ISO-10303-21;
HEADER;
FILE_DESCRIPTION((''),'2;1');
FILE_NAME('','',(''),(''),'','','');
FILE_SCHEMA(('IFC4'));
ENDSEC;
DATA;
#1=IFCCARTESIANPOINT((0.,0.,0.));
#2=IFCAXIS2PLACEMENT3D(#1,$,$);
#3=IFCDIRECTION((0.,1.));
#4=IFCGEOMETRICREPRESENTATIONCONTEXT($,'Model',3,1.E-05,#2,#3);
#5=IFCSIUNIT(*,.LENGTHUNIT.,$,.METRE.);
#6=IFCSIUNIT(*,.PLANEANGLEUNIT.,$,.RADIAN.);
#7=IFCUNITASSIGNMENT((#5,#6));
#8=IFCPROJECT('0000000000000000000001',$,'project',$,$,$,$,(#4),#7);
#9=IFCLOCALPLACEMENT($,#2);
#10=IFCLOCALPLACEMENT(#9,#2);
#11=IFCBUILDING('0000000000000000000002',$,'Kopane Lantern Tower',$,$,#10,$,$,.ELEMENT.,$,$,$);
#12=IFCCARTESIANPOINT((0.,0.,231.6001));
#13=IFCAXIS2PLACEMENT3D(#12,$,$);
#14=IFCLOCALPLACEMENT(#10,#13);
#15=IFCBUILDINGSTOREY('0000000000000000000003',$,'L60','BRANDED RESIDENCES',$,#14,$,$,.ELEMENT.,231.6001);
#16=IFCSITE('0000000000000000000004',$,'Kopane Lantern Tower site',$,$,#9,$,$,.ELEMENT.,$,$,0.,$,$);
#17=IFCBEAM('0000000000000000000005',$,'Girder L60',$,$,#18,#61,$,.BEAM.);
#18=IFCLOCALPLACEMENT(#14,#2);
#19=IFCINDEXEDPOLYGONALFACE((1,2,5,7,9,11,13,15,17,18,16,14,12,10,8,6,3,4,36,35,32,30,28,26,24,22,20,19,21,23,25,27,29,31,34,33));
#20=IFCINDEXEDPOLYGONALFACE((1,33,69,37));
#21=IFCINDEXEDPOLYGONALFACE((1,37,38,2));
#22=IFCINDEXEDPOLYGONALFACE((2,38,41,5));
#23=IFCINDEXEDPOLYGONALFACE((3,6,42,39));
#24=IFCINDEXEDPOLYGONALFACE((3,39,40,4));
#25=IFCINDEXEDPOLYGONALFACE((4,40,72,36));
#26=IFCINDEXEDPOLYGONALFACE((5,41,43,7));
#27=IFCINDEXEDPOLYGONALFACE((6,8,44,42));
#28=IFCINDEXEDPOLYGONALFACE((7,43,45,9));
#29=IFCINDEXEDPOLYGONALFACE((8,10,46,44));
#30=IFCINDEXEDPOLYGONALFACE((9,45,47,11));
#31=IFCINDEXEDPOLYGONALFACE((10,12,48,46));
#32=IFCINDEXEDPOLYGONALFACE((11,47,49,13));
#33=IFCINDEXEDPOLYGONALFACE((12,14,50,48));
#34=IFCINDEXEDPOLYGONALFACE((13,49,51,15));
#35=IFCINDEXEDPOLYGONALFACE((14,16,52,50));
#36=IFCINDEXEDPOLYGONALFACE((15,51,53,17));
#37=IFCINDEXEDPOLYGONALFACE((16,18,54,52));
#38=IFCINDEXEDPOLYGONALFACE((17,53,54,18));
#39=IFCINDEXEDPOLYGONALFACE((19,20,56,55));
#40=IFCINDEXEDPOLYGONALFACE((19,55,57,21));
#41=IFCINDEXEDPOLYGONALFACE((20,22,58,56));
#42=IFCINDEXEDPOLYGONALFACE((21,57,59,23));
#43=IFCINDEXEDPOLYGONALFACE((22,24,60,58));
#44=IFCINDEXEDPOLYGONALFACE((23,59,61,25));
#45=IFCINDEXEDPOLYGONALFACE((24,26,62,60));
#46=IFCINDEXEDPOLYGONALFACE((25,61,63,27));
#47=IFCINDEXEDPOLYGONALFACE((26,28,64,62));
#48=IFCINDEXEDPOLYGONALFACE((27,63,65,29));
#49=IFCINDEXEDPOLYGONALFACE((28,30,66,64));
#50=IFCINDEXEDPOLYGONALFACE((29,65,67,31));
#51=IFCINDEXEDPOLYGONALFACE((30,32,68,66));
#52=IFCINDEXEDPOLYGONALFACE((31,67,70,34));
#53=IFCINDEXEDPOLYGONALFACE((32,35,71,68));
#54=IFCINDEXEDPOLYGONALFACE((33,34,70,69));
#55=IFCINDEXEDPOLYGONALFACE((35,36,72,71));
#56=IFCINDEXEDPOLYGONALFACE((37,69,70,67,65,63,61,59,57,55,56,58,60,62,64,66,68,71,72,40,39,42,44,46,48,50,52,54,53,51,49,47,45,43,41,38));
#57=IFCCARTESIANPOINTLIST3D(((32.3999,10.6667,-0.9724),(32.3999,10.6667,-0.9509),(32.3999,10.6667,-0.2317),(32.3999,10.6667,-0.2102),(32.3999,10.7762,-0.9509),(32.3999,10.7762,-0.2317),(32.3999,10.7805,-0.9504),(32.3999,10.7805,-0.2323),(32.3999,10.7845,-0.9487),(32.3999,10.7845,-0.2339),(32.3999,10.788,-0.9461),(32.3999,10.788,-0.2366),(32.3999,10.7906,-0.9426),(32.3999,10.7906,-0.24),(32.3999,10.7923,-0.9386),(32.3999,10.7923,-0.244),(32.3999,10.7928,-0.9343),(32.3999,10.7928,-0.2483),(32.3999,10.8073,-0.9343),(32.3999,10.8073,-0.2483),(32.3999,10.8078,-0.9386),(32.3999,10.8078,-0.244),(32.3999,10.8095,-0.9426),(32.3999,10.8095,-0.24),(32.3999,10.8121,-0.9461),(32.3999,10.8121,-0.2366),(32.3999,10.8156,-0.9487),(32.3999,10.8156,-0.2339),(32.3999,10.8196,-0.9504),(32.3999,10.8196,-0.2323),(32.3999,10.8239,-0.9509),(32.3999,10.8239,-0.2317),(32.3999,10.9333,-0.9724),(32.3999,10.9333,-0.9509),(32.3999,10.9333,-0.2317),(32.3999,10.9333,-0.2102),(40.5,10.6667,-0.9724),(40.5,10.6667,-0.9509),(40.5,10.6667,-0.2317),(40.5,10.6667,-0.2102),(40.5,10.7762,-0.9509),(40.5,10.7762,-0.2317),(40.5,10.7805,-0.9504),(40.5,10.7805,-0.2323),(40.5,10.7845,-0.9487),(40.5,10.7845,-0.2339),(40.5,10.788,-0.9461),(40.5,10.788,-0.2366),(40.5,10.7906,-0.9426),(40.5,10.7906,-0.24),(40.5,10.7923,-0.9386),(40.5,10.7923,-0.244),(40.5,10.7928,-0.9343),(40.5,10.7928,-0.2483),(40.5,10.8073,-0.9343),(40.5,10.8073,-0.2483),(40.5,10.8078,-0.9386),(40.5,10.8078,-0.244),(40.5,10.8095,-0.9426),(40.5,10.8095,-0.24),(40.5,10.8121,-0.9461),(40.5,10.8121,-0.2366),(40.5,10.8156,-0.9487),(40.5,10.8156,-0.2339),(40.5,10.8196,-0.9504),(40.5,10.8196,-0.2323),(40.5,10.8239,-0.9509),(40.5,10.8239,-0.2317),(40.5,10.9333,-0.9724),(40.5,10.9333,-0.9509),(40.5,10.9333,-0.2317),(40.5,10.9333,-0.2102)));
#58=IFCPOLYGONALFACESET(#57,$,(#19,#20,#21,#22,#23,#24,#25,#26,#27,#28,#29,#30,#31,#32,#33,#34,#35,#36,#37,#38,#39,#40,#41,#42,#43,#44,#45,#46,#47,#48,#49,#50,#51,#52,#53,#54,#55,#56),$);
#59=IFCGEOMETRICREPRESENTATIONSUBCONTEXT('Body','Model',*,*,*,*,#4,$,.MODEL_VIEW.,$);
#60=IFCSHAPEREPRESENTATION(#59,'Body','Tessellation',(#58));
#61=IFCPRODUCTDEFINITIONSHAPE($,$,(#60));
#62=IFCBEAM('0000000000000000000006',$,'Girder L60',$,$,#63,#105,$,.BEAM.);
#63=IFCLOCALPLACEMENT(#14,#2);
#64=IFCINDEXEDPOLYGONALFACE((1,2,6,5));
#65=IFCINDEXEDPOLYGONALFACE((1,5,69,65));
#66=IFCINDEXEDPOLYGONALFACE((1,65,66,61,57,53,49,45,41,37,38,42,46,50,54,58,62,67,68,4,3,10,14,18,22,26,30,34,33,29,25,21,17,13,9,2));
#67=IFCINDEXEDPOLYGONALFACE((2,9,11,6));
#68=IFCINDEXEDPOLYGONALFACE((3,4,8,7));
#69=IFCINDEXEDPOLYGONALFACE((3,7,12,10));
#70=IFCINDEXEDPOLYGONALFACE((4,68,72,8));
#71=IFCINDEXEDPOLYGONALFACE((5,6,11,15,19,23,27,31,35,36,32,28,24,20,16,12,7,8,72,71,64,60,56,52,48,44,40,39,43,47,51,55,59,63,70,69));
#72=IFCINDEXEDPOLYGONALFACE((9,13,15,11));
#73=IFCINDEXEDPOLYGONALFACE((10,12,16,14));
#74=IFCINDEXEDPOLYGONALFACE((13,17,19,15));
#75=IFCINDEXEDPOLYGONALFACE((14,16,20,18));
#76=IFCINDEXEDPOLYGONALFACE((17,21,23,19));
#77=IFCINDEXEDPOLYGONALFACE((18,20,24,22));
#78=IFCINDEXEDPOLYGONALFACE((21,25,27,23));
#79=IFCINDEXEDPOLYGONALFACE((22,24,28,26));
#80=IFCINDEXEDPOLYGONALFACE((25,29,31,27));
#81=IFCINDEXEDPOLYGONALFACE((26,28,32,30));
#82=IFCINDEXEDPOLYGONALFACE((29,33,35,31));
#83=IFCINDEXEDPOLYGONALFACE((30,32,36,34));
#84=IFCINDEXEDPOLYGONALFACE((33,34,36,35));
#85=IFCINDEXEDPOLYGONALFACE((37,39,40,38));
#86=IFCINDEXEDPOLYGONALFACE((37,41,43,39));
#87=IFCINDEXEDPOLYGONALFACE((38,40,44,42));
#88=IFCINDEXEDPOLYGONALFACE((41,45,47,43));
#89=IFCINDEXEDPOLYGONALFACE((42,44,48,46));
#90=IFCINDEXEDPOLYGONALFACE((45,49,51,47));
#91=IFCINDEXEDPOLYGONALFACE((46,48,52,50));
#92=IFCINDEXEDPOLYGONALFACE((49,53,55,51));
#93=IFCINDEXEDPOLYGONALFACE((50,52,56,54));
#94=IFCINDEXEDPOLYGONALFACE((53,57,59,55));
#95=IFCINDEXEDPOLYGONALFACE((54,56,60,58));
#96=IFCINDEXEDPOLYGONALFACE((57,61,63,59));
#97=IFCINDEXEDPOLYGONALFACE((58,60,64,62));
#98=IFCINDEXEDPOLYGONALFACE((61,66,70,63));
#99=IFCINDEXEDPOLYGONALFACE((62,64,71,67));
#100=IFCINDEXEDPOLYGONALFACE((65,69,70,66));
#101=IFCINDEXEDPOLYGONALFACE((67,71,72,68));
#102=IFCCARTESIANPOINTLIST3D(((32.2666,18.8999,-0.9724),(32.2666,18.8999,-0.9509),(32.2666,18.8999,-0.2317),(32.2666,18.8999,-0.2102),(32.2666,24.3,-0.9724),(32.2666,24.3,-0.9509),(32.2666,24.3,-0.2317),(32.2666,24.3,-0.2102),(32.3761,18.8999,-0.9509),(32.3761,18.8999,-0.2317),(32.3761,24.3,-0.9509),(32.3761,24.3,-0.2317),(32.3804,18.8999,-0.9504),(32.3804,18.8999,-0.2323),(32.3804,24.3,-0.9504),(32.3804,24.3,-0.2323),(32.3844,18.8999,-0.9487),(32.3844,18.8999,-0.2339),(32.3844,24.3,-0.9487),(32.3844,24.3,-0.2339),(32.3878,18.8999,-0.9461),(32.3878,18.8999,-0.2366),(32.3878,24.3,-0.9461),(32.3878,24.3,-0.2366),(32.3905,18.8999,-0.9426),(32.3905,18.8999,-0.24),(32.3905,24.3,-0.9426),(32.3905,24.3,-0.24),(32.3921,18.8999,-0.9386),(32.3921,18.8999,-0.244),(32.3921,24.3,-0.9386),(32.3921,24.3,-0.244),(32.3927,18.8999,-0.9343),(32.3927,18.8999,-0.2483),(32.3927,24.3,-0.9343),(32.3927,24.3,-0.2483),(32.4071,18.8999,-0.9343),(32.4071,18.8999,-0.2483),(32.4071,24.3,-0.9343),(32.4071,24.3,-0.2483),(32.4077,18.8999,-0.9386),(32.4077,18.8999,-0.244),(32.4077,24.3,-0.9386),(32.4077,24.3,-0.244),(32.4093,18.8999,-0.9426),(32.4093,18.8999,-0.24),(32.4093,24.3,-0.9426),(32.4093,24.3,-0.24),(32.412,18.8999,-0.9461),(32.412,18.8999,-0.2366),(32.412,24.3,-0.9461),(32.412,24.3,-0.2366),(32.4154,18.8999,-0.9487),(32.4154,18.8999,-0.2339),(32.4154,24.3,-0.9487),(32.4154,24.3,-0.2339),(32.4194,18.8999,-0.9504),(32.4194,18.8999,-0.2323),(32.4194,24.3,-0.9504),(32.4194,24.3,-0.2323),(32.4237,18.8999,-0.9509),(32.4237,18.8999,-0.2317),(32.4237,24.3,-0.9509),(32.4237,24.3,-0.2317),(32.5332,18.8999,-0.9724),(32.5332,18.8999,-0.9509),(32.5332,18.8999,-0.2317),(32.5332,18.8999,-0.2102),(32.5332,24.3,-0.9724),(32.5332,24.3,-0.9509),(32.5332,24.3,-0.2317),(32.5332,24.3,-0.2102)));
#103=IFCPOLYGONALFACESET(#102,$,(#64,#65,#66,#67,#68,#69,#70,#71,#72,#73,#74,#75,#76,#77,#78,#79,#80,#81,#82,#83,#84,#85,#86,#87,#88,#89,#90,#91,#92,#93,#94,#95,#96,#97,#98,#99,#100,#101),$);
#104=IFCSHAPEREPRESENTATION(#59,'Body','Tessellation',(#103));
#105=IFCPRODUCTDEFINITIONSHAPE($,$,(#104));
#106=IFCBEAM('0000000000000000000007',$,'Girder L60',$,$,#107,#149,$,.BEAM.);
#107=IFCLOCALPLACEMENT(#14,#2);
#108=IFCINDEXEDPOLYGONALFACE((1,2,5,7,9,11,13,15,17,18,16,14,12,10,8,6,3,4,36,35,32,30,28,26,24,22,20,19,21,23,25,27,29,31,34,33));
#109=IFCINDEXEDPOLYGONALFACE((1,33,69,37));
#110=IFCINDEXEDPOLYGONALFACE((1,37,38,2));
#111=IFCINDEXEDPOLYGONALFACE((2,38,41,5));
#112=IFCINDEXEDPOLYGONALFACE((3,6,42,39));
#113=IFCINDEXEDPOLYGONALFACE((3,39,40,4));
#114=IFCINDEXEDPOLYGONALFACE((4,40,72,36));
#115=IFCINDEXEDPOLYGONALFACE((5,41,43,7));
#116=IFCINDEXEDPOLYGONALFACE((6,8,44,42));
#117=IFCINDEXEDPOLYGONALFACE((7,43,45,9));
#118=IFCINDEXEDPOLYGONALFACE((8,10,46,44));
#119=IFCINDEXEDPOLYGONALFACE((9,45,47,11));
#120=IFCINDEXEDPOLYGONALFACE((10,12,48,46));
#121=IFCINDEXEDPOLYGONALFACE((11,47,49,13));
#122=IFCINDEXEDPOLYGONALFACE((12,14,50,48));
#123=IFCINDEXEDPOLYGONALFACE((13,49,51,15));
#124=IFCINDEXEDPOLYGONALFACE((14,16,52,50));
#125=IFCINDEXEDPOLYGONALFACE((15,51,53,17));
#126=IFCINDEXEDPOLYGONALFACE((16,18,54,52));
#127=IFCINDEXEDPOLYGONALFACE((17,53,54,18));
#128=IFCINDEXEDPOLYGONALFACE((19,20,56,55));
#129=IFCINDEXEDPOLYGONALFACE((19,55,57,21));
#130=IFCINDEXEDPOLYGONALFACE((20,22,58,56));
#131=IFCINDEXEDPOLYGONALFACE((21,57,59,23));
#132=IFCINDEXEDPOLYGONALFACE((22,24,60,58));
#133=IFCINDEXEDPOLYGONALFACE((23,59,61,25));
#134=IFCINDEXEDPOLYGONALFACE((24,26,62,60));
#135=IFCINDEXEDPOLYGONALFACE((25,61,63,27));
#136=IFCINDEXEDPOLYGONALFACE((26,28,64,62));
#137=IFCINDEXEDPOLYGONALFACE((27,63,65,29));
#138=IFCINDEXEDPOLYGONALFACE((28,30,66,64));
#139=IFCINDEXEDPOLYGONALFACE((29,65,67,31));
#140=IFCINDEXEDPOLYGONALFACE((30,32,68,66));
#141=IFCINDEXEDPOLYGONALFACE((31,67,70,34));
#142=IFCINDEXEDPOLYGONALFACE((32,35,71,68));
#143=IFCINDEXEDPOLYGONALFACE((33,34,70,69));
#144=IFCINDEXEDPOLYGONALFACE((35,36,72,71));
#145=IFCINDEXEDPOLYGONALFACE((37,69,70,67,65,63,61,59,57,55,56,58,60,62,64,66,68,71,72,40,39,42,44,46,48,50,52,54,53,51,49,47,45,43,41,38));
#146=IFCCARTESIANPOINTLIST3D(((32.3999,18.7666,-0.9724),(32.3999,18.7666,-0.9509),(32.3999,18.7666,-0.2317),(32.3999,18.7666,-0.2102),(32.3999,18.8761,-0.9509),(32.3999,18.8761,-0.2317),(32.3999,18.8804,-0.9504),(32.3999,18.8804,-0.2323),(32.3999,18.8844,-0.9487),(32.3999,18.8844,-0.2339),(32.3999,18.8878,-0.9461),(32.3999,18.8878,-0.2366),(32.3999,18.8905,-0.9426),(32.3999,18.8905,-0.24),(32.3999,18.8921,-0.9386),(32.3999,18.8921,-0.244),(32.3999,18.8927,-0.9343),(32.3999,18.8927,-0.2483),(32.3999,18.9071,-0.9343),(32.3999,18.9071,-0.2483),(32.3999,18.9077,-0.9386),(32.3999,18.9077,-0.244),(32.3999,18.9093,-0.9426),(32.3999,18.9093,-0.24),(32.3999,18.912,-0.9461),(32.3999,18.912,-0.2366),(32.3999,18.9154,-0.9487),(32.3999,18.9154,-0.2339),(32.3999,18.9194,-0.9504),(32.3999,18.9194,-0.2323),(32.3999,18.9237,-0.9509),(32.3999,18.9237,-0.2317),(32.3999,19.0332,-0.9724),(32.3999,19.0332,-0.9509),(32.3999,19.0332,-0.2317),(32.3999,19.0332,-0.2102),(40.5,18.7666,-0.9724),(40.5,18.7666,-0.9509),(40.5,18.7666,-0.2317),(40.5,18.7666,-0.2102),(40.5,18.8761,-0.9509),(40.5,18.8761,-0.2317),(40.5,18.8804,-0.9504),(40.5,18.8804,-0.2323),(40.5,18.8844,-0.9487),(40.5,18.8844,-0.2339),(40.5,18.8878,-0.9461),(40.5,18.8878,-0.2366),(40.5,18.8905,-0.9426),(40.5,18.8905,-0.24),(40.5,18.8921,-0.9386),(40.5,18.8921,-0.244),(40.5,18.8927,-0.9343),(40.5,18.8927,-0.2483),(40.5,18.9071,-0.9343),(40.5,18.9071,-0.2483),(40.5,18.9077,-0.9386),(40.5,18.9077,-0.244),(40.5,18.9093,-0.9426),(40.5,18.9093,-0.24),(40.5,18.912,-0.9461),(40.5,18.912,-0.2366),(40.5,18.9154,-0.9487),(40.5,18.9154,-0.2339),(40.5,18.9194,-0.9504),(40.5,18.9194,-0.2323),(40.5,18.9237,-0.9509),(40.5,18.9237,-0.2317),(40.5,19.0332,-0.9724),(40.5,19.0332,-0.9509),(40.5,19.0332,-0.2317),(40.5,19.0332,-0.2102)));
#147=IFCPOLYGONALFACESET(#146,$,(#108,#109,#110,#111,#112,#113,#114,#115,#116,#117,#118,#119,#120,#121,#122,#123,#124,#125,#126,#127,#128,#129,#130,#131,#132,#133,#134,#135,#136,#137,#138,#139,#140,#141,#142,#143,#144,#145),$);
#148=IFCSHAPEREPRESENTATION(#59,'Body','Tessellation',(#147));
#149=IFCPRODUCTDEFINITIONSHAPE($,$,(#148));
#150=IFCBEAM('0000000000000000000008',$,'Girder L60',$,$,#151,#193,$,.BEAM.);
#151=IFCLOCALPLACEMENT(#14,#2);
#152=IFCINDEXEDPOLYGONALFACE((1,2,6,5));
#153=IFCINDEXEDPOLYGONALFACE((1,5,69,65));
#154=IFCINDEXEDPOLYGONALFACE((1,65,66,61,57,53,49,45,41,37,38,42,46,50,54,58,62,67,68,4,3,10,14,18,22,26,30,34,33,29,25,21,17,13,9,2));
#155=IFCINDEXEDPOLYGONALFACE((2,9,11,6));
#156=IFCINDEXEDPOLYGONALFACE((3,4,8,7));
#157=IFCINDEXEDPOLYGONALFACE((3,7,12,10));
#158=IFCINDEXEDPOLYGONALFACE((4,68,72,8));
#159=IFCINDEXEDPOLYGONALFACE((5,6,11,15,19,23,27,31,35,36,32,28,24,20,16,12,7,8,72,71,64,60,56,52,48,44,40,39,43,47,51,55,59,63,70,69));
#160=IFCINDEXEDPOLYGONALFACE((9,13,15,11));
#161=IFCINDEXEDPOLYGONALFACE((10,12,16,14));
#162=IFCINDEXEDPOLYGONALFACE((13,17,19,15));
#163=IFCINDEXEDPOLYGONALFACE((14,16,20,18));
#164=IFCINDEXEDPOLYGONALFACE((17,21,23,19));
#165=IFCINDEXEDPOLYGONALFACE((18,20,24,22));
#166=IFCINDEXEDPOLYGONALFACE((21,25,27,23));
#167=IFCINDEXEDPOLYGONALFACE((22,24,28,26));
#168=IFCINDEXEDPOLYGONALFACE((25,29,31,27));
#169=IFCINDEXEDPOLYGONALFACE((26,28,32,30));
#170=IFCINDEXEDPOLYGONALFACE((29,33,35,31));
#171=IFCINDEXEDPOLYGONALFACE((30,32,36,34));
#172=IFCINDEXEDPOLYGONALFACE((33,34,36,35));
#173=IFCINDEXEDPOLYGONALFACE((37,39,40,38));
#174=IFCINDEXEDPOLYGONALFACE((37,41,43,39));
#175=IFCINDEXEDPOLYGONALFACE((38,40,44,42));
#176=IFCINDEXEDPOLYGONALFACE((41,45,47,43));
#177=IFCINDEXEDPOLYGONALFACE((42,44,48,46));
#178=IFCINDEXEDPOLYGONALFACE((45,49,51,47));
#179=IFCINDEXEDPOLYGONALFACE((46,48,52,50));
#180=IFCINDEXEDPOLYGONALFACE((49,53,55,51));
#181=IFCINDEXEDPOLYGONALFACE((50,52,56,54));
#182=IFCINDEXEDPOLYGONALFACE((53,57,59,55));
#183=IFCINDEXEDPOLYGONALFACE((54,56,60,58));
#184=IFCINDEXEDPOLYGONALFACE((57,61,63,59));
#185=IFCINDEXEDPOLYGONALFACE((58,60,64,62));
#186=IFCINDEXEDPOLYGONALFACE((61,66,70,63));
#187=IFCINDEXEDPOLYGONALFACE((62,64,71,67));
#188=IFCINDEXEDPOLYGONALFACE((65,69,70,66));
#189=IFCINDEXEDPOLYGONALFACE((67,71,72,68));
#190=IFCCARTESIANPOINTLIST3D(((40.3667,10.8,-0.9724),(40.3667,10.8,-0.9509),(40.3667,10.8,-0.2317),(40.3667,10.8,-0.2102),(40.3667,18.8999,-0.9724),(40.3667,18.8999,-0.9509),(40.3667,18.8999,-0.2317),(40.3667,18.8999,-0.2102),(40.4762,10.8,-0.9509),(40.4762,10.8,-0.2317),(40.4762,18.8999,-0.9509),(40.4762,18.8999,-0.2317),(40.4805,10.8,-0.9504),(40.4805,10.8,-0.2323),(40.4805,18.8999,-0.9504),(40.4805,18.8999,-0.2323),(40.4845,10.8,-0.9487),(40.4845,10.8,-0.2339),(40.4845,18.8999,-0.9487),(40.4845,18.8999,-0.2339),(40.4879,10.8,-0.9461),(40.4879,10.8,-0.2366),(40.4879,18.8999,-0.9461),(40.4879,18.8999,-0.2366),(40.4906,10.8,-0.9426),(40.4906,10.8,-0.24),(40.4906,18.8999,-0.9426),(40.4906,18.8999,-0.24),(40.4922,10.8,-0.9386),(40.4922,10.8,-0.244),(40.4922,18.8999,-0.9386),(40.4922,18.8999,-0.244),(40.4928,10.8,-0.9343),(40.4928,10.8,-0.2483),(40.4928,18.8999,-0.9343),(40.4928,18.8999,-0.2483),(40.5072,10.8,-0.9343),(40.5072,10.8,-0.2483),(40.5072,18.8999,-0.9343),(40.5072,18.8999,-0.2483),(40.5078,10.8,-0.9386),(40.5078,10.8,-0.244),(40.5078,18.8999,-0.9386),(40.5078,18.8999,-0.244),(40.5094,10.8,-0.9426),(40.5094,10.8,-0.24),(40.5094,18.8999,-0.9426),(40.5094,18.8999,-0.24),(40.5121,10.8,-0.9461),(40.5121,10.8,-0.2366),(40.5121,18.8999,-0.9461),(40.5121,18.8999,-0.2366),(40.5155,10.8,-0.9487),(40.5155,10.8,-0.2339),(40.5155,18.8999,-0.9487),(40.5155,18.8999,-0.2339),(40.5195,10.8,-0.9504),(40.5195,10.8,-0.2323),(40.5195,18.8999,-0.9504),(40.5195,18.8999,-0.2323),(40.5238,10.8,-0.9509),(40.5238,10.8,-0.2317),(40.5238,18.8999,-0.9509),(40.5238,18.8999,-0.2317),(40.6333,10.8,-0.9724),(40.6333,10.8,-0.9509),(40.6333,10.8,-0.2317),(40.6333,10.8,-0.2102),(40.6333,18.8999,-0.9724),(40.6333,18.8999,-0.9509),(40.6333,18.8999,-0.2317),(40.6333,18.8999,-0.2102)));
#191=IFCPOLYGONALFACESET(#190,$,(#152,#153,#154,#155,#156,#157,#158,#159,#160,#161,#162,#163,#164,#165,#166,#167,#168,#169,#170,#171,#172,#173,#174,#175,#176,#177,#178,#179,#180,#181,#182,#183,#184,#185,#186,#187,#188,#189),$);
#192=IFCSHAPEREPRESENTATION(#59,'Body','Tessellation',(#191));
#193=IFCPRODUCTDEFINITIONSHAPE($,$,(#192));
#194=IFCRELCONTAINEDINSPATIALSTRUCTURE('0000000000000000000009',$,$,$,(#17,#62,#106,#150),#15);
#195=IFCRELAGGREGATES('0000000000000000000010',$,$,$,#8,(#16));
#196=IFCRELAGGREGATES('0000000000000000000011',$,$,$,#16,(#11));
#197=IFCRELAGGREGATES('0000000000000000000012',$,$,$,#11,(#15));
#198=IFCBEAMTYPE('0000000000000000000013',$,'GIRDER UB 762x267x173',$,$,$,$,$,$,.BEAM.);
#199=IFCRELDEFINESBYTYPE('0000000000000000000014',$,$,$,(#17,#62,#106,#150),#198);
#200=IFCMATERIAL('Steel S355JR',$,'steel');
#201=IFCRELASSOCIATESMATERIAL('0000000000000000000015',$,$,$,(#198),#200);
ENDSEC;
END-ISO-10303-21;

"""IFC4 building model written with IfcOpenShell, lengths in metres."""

from ifc_helpers import new_model, si_unit, direction, frame, origin, origin_2d, place, context, subcontext, project, spatial, i_section, extrude, material, material_profile, profile_set, type_object, element, save


model = new_model("IFC4")

# Units and contexts
model_context = context("Model", 3, precision=1e-05, world=origin(), true_north=direction((0.0, 1.0)))
body_context = subcontext(model_context, "Body", "Model", "MODEL_VIEW")
ifc_project = project(units=[si_unit("LENGTHUNIT", "METRE"), si_unit("PLANEANGLEUNIT", "RADIAN")], contexts=[model_context])

# Site, building, storey
site_placement = place(None, origin())
site = spatial("IfcSite", under=ifc_project, at=site_placement, Name="Kopane Lantern Tower site", CompositionType="ELEMENT", RefElevation=0.0)
building_placement = place(site_placement, origin())
building = spatial("IfcBuilding", under=site, at=building_placement, Name="Kopane Lantern Tower", CompositionType="ELEMENT")
storey_placement = place(building_placement, frame((0.0, 0.0, 231.6001)))
storey = spatial("IfcBuildingStorey", under=building, at=storey_placement, Name="L60", Description="BRANDED RESIDENCES", CompositionType="ELEMENT", Elevation=231.6001)

# Beams
ifc_material_1 = material(Name="Steel S355JR", Category="steel")
ifc_material_profile_1 = material_profile(ifc_material_1, i_section(OverallWidth=0.2666, OverallDepth=0.7622, WebThickness=0.0144, FlangeThickness=0.0215, FilletRadius=0.0166, at=origin_2d()), Name="UB 762x267x173")
ifc_profile_set_1 = profile_set([ifc_material_profile_1], Name="Steel S355JR")
beam_type = type_object("IfcBeamType", Name="GIRDER UB 762x267x173", PredefinedType="BEAM", material=ifc_profile_set_1)
beam_1_placement = place(storey_placement, frame((32.3999, 10.8, -0.5913), z_axis=(1.0, 0.0, 0.0), x_axis=(0.0, 1.0, 0.0)))
element("IfcBeam", 1, at=beam_1_placement, inside=storey, type_object=beam_type, Name="Girder L60", PredefinedType="BEAM", context=body_context, shape_type="SweptSolid", body=[
    extrude(i_section(OverallWidth=0.2666, OverallDepth=0.7622, WebThickness=0.0144, FlangeThickness=0.0215, FilletRadius=0.0166, at=origin_2d()), origin(), (0.0, 0.0, 1.0), 8.1001),
])
beam_2_placement = place(storey_placement, frame((32.3999, 18.8999, -0.5913), z_axis=(0.0, 1.0, 0.0), x_axis=(-1.0, 0.0, 0.0)))
element("IfcBeam", 2, at=beam_2_placement, inside=storey, type_object=beam_type, Name="Girder L60", PredefinedType="BEAM", context=body_context, shape_type="SweptSolid", body=[
    extrude(i_section(OverallWidth=0.2666, OverallDepth=0.7622, WebThickness=0.0144, FlangeThickness=0.0215, FilletRadius=0.0166, at=origin_2d()), origin(), (0.0, 0.0, 1.0), 5.4001),
])
beam_3_placement = place(storey_placement, frame((32.3999, 18.8999, -0.5913), z_axis=(1.0, 0.0, 0.0), x_axis=(0.0, 1.0, 0.0)))
element("IfcBeam", 3, at=beam_3_placement, inside=storey, type_object=beam_type, Name="Girder L60", PredefinedType="BEAM", context=body_context, shape_type="SweptSolid", body=[
    extrude(i_section(OverallWidth=0.2666, OverallDepth=0.7622, WebThickness=0.0144, FlangeThickness=0.0215, FilletRadius=0.0166, at=origin_2d()), origin(), (0.0, 0.0, 1.0), 8.1001),
])
beam_4_placement = place(storey_placement, frame((40.5, 10.8, -0.5913), z_axis=(0.0, 1.0, 0.0), x_axis=(-1.0, 0.0, 0.0)))
element("IfcBeam", 4, at=beam_4_placement, inside=storey, type_object=beam_type, Name="Girder L60", PredefinedType="BEAM", context=body_context, shape_type="SweptSolid", body=[
    extrude(i_section(OverallWidth=0.2666, OverallDepth=0.7622, WebThickness=0.0144, FlangeThickness=0.0215, FilletRadius=0.0166, at=origin_2d()), origin(), (0.0, 0.0, 1.0), 8.0999),
])

save(model, "model.ifc")
